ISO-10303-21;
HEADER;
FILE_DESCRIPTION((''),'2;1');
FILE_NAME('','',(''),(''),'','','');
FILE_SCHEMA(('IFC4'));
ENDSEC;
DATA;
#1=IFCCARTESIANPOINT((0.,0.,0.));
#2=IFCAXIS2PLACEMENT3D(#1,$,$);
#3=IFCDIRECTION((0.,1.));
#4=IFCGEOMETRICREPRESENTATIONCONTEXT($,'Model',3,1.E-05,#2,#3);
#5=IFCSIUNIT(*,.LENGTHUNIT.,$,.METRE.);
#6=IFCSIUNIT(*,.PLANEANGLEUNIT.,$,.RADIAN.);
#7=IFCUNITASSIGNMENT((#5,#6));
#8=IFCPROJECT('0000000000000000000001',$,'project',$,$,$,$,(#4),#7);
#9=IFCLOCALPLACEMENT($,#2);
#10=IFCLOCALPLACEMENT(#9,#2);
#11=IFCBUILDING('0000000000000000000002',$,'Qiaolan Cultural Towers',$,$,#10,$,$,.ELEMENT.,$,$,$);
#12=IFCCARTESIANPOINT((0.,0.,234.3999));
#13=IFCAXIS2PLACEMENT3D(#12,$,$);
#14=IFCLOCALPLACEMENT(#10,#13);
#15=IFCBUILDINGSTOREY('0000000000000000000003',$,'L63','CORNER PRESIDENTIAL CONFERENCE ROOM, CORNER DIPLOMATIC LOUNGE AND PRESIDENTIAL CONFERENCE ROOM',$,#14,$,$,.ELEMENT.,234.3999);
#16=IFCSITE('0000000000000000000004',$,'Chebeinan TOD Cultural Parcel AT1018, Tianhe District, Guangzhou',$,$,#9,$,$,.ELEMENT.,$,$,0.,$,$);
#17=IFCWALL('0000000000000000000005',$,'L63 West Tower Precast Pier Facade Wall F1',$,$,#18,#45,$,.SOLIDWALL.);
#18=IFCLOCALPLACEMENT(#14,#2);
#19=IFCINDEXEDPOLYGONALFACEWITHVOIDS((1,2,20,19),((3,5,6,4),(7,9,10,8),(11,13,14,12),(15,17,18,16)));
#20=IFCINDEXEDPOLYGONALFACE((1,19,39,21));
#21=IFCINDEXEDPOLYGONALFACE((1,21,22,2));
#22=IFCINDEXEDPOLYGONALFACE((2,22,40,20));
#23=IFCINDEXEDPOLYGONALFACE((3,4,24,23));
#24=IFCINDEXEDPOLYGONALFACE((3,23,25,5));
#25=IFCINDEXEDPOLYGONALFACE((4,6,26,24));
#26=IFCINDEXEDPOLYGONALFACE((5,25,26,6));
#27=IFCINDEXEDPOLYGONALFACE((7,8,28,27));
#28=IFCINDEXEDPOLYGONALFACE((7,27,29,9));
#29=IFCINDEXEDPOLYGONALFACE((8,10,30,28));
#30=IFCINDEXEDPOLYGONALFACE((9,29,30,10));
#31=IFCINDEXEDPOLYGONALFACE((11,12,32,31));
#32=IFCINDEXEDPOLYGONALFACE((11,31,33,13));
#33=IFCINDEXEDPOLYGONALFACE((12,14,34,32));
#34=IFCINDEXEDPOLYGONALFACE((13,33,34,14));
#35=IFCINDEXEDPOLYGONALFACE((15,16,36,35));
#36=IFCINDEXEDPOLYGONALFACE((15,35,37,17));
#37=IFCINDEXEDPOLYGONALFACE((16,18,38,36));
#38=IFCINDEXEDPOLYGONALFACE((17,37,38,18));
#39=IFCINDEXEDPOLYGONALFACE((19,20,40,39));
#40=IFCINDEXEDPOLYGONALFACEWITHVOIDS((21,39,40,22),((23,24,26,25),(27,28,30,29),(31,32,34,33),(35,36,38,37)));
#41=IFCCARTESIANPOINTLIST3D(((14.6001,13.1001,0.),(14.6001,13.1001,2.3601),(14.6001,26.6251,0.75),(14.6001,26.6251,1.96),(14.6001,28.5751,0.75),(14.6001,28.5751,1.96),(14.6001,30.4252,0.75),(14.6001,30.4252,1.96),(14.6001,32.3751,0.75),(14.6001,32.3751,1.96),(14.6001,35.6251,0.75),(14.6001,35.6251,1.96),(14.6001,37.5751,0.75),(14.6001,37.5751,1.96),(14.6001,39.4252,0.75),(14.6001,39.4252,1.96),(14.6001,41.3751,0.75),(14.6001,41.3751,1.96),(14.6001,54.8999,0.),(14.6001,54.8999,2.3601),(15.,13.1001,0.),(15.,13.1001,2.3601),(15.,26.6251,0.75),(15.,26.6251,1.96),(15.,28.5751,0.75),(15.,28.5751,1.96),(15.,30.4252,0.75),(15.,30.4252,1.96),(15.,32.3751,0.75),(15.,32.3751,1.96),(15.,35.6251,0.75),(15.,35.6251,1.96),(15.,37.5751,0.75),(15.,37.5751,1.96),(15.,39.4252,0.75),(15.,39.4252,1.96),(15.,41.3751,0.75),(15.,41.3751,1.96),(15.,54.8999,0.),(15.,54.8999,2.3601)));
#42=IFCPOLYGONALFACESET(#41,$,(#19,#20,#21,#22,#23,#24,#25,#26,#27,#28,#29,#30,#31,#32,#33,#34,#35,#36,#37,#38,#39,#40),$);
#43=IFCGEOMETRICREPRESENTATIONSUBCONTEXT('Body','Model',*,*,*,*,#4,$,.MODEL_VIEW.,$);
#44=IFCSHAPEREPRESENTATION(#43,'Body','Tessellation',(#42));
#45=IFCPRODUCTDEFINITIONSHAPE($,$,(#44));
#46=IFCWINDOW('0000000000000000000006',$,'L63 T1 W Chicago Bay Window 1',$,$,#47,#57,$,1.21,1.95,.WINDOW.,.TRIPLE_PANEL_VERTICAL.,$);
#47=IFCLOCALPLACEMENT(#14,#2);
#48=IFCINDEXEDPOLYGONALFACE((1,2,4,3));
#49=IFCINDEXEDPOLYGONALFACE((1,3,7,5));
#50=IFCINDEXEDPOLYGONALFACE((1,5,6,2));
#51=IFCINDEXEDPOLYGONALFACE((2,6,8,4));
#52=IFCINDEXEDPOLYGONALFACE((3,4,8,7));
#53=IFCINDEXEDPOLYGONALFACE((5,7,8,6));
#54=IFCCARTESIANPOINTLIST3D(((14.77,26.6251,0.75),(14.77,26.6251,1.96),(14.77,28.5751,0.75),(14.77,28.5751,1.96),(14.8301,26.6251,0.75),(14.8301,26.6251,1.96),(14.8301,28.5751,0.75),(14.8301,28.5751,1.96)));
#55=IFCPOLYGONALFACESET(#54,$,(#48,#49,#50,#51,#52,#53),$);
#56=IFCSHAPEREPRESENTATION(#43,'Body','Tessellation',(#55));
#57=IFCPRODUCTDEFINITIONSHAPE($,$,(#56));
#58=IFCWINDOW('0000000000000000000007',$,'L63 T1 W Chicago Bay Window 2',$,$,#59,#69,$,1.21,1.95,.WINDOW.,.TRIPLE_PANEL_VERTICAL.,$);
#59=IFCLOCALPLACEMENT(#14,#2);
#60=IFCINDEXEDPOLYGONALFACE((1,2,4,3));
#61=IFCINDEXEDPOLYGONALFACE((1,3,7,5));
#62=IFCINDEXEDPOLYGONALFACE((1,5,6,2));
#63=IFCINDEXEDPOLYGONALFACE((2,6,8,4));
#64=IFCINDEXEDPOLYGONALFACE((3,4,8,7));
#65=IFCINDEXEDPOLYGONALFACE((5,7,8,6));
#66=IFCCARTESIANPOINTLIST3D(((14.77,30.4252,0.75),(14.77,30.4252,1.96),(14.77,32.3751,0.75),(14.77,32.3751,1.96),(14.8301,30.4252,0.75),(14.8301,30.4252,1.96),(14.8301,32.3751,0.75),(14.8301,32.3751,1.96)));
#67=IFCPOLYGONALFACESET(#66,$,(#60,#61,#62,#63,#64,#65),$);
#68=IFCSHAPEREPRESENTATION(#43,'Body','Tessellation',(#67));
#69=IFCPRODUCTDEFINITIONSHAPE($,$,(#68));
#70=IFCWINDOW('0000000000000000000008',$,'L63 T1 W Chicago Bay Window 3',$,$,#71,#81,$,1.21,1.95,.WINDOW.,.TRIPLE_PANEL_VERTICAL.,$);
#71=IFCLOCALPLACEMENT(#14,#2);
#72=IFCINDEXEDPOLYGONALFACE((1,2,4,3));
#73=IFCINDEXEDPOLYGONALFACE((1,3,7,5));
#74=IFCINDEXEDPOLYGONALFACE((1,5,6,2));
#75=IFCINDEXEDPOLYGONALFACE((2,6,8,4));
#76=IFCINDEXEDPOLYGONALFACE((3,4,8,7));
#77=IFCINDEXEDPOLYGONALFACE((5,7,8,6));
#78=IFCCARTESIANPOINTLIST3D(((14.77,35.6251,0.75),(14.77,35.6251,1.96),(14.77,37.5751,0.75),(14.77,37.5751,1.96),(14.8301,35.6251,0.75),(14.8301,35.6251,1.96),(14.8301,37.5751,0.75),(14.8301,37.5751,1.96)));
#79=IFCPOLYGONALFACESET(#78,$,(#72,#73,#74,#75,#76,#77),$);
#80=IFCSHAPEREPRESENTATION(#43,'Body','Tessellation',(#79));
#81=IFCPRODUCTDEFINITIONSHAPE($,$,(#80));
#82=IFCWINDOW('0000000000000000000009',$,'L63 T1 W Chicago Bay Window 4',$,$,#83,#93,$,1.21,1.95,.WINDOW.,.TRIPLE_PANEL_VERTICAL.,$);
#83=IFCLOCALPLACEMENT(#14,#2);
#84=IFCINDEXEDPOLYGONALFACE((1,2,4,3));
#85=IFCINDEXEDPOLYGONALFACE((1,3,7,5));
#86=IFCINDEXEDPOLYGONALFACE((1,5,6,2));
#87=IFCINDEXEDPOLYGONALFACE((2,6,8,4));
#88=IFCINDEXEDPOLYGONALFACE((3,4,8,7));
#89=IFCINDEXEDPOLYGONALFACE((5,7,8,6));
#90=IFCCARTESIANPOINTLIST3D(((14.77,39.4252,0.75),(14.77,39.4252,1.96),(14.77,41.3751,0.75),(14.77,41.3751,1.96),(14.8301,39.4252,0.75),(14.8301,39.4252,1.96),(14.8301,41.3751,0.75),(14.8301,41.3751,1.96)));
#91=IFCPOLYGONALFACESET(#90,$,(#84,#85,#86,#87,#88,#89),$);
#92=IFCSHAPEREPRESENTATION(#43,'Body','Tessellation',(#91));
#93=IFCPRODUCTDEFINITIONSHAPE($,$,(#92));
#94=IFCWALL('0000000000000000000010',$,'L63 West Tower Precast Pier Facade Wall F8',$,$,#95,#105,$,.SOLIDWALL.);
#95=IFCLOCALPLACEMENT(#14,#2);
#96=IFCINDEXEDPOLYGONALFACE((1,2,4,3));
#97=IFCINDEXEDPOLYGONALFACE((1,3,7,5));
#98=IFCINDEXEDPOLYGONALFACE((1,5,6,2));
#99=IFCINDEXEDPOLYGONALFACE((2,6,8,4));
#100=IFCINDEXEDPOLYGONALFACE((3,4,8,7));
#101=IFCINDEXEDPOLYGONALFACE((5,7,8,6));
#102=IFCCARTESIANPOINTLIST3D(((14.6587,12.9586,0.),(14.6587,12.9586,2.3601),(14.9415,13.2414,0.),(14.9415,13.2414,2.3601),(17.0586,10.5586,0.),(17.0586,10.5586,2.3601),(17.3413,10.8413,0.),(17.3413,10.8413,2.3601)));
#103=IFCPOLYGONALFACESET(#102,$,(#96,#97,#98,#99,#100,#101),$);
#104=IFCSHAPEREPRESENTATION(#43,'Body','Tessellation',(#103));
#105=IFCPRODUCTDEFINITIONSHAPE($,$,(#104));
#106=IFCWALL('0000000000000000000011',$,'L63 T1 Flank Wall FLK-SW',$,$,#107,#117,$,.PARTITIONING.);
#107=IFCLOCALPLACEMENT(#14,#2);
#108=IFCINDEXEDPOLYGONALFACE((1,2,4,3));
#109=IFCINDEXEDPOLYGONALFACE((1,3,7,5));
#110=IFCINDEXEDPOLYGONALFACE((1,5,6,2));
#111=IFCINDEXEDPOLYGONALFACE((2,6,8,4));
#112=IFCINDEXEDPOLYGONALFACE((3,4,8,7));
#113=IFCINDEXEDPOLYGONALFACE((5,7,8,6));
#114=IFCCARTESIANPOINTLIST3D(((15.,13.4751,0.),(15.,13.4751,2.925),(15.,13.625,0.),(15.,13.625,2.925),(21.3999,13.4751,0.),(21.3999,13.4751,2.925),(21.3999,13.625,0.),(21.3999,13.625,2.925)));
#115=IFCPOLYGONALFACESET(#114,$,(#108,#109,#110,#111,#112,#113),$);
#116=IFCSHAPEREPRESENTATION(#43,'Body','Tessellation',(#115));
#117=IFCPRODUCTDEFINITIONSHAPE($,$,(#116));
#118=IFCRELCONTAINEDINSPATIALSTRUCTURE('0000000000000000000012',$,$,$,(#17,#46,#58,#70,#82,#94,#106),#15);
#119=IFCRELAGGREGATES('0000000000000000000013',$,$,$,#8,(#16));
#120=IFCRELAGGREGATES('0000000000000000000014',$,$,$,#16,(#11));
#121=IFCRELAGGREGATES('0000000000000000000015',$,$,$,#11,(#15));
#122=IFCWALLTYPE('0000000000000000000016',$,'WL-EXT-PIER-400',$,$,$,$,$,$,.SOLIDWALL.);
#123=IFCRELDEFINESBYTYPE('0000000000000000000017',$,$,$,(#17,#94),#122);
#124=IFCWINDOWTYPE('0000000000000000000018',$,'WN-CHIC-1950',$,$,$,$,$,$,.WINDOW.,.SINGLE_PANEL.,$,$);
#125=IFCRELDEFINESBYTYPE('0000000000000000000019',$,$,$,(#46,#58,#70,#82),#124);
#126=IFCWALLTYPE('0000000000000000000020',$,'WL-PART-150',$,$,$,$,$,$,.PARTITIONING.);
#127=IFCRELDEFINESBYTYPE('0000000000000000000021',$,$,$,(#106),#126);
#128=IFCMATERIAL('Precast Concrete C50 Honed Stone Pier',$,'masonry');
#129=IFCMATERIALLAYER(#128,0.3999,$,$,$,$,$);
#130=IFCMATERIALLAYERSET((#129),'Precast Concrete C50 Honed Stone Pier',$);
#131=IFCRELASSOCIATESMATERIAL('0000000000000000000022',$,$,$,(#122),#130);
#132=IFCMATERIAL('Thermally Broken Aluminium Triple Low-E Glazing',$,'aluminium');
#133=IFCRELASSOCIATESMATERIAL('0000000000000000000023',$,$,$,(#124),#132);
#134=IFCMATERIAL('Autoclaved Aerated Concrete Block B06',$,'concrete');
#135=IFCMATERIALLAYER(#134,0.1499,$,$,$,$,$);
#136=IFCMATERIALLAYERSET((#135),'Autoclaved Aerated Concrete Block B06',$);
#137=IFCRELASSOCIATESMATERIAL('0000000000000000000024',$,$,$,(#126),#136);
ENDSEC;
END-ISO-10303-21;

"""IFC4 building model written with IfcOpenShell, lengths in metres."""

from ifc_helpers import new_model, si_unit, direction, frame, frame_2d, origin, place, context, subcontext, project, spatial, rectangle, extrude, material, layer, layer_set, type_object, element, fill, save


model = new_model("IFC4")

# Units and contexts
model_context = context("Model", 3, precision=1e-05, world=origin(), true_north=direction((0.0, 1.0)))
body_context = subcontext(model_context, "Body", "Model", "MODEL_VIEW")
ifc_project = project(units=[si_unit("LENGTHUNIT", "METRE"), si_unit("PLANEANGLEUNIT", "RADIAN")], contexts=[model_context])

# Site, building, storey
site_placement = place(None, origin())
site = spatial("IfcSite", under=ifc_project, at=site_placement, Name="Chebeinan TOD Cultural Parcel AT1018, Tianhe District, Guangzhou", CompositionType="ELEMENT", RefElevation=0.0)
building_placement = place(site_placement, origin())
building = spatial("IfcBuilding", under=site, at=building_placement, Name="Qiaolan Cultural Towers", CompositionType="ELEMENT")
storey_placement = place(building_placement, frame((0.0, 0.0, 234.3999)))
storey = spatial("IfcBuildingStorey", under=building, at=storey_placement, Name="L63", Description="CORNER PRESIDENTIAL CONFERENCE ROOM, CORNER DIPLOMATIC LOUNGE AND PRESIDENTIAL CONFERENCE ROOM", CompositionType="ELEMENT", Elevation=234.3999)

# Wall, openings, windows
ifc_material_1 = material(Name="Precast Concrete C50 Honed Stone Pier", Category="masonry")
ifc_layer_1 = layer(ifc_material_1, 0.3999)
ifc_layer_set_1 = layer_set([ifc_layer_1], Name="Precast Concrete C50 Honed Stone Pier")
wall_type_1 = type_object("IfcWallType", Name="WL-EXT-PIER-400", PredefinedType="SOLIDWALL", material=ifc_layer_set_1)
wall_1_placement = place(storey_placement, frame((14.8, 13.1001, 0.0), z_axis=(0.0, 0.0, 1.0), x_axis=(0.0, 1.0, 0.0)))
wall_1 = element("IfcWall", 1, at=wall_1_placement, inside=storey, type_object=wall_type_1, Name="L63 West Tower Precast Pier Facade Wall F1", PredefinedType="SOLIDWALL", context=body_context, shape_type="SweptSolid", body=[
    extrude(rectangle(XDim=41.7998, YDim=0.3999, at=frame_2d((20.8999, 0.0))), origin(), (0.0, 0.0, 1.0), 2.3601),
])
opening_1_placement = place(wall_1_placement, frame((13.5249, 0.0, 0.75)))
opening_1 = element("IfcOpeningElement", 2, at=opening_1_placement, cuts=wall_1, PredefinedType="OPENING", context=body_context, shape_type="SweptSolid", body=[
    extrude(rectangle(XDim=1.95, YDim=1.21, at=frame_2d((0.9751, 0.605))), frame((0.0, 0.21, 0.0), z_axis=(0.0, -1.0, 0.0), x_axis=(1.0, 0.0, 0.0)), (0.0, 0.0, 1.0), 0.4199),
])
opening_2_placement = place(wall_1_placement, frame((17.325, 0.0, 0.75)))
opening_2 = element("IfcOpeningElement", 3, at=opening_2_placement, cuts=wall_1, PredefinedType="OPENING", context=body_context, shape_type="SweptSolid", body=[
    extrude(rectangle(XDim=1.95, YDim=1.21, at=frame_2d((0.9751, 0.605))), frame((0.0, 0.21, 0.0), z_axis=(0.0, -1.0, 0.0), x_axis=(1.0, 0.0, 0.0)), (0.0, 0.0, 1.0), 0.4199),
])
opening_3_placement = place(wall_1_placement, frame((22.5249, 0.0, 0.75)))
opening_3 = element("IfcOpeningElement", 4, at=opening_3_placement, cuts=wall_1, PredefinedType="OPENING", context=body_context, shape_type="SweptSolid", body=[
    extrude(rectangle(XDim=1.95, YDim=1.21, at=frame_2d((0.9751, 0.605))), frame((0.0, 0.21, 0.0), z_axis=(0.0, -1.0, 0.0), x_axis=(1.0, 0.0, 0.0)), (0.0, 0.0, 1.0), 0.4199),
])
opening_4_placement = place(wall_1_placement, frame((26.325, 0.0, 0.75)))
opening_4 = element("IfcOpeningElement", 5, at=opening_4_placement, cuts=wall_1, PredefinedType="OPENING", context=body_context, shape_type="SweptSolid", body=[
    extrude(rectangle(XDim=1.95, YDim=1.21, at=frame_2d((0.9751, 0.605))), frame((0.0, 0.21, 0.0), z_axis=(0.0, -1.0, 0.0), x_axis=(1.0, 0.0, 0.0)), (0.0, 0.0, 1.0), 0.4199),
])
ifc_material_2 = material(Name="Thermally Broken Aluminium Triple Low-E Glazing", Category="aluminium")
window_type = type_object("IfcWindowType", Name="WN-CHIC-1950", PartitioningType="SINGLE_PANEL", PredefinedType="WINDOW", material=ifc_material_2)
window_1_placement = place(opening_1_placement, origin())
window_1 = element("IfcWindow", 6, at=window_1_placement, inside=storey, type_object=window_type, Name="L63 T1 W Chicago Bay Window 1", OverallHeight=1.21, OverallWidth=1.95, PartitioningType="TRIPLE_PANEL_VERTICAL", PredefinedType="WINDOW", context=body_context, shape_type="SweptSolid", body=[
    extrude(rectangle(XDim=1.95, YDim=1.21, at=frame_2d((0.9751, 0.605))), frame((0.0, 0.03, 0.0), z_axis=(0.0, -1.0, 0.0), x_axis=(1.0, 0.0, 0.0)), (0.0, 0.0, 1.0), 0.0601),
])
fill(opening_1, window_1)
window_2_placement = place(opening_2_placement, origin())
window_2 = element("IfcWindow", 7, at=window_2_placement, inside=storey, type_object=window_type, Name="L63 T1 W Chicago Bay Window 2", OverallHeight=1.21, OverallWidth=1.95, PartitioningType="TRIPLE_PANEL_VERTICAL", PredefinedType="WINDOW", context=body_context, shape_type="SweptSolid", body=[
    extrude(rectangle(XDim=1.95, YDim=1.21, at=frame_2d((0.9751, 0.605))), frame((0.0, 0.03, 0.0), z_axis=(0.0, -1.0, 0.0), x_axis=(1.0, 0.0, 0.0)), (0.0, 0.0, 1.0), 0.0601),
])
fill(opening_2, window_2)
window_3_placement = place(opening_3_placement, origin())
window_3 = element("IfcWindow", 8, at=window_3_placement, inside=storey, type_object=window_type, Name="L63 T1 W Chicago Bay Window 3", OverallHeight=1.21, OverallWidth=1.95, PartitioningType="TRIPLE_PANEL_VERTICAL", PredefinedType="WINDOW", context=body_context, shape_type="SweptSolid", body=[
    extrude(rectangle(XDim=1.95, YDim=1.21, at=frame_2d((0.9751, 0.605))), frame((0.0, 0.03, 0.0), z_axis=(0.0, -1.0, 0.0), x_axis=(1.0, 0.0, 0.0)), (0.0, 0.0, 1.0), 0.0601),
])
fill(opening_3, window_3)
window_4_placement = place(opening_4_placement, origin())
window_4 = element("IfcWindow", 9, at=window_4_placement, inside=storey, type_object=window_type, Name="L63 T1 W Chicago Bay Window 4", OverallHeight=1.21, OverallWidth=1.95, PartitioningType="TRIPLE_PANEL_VERTICAL", PredefinedType="WINDOW", context=body_context, shape_type="SweptSolid", body=[
    extrude(rectangle(XDim=1.95, YDim=1.21, at=frame_2d((0.9751, 0.605))), frame((0.0, 0.03, 0.0), z_axis=(0.0, -1.0, 0.0), x_axis=(1.0, 0.0, 0.0)), (0.0, 0.0, 1.0), 0.0601),
])
fill(opening_4, window_4)

# Walls
wall_2_placement = place(storey_placement, frame((17.2, 10.7, 0.0), z_axis=(0.0, 0.0, 1.0), x_axis=(-0.707071, 0.707143, 0.0)))
element("IfcWall", 10, at=wall_2_placement, inside=storey, type_object=wall_type_1, Name="L63 West Tower Precast Pier Facade Wall F8", PredefinedType="SOLIDWALL", context=body_context, shape_type="SweptSolid", body=[
    extrude(rectangle(XDim=3.394, YDim=0.3999, at=frame_2d((1.697, 0.0))), origin(), (0.0, 0.0, 1.0), 2.3601),
])
ifc_material_3 = material(Name="Autoclaved Aerated Concrete Block B06", Category="concrete")
ifc_layer_2 = layer(ifc_material_3, 0.1499)
ifc_layer_set_2 = layer_set([ifc_layer_2], Name="Autoclaved Aerated Concrete Block B06")
wall_type_2 = type_object("IfcWallType", Name="WL-PART-150", PredefinedType="PARTITIONING", material=ifc_layer_set_2)
wall_3_placement = place(storey_placement, frame((15.0, 13.55, 0.0), z_axis=(0.0, 0.0, 1.0), x_axis=(1.0, 0.0, 0.0)))
element("IfcWall", 11, at=wall_3_placement, inside=storey, type_object=wall_type_2, Name="L63 T1 Flank Wall FLK-SW", PredefinedType="PARTITIONING", context=body_context, shape_type="SweptSolid", body=[
    extrude(rectangle(XDim=6.3999, YDim=0.1499, at=frame_2d((3.2, 0.0))), origin(), (0.0, 0.0, 1.0), 2.925),
])

save(model, "model.ifc")
